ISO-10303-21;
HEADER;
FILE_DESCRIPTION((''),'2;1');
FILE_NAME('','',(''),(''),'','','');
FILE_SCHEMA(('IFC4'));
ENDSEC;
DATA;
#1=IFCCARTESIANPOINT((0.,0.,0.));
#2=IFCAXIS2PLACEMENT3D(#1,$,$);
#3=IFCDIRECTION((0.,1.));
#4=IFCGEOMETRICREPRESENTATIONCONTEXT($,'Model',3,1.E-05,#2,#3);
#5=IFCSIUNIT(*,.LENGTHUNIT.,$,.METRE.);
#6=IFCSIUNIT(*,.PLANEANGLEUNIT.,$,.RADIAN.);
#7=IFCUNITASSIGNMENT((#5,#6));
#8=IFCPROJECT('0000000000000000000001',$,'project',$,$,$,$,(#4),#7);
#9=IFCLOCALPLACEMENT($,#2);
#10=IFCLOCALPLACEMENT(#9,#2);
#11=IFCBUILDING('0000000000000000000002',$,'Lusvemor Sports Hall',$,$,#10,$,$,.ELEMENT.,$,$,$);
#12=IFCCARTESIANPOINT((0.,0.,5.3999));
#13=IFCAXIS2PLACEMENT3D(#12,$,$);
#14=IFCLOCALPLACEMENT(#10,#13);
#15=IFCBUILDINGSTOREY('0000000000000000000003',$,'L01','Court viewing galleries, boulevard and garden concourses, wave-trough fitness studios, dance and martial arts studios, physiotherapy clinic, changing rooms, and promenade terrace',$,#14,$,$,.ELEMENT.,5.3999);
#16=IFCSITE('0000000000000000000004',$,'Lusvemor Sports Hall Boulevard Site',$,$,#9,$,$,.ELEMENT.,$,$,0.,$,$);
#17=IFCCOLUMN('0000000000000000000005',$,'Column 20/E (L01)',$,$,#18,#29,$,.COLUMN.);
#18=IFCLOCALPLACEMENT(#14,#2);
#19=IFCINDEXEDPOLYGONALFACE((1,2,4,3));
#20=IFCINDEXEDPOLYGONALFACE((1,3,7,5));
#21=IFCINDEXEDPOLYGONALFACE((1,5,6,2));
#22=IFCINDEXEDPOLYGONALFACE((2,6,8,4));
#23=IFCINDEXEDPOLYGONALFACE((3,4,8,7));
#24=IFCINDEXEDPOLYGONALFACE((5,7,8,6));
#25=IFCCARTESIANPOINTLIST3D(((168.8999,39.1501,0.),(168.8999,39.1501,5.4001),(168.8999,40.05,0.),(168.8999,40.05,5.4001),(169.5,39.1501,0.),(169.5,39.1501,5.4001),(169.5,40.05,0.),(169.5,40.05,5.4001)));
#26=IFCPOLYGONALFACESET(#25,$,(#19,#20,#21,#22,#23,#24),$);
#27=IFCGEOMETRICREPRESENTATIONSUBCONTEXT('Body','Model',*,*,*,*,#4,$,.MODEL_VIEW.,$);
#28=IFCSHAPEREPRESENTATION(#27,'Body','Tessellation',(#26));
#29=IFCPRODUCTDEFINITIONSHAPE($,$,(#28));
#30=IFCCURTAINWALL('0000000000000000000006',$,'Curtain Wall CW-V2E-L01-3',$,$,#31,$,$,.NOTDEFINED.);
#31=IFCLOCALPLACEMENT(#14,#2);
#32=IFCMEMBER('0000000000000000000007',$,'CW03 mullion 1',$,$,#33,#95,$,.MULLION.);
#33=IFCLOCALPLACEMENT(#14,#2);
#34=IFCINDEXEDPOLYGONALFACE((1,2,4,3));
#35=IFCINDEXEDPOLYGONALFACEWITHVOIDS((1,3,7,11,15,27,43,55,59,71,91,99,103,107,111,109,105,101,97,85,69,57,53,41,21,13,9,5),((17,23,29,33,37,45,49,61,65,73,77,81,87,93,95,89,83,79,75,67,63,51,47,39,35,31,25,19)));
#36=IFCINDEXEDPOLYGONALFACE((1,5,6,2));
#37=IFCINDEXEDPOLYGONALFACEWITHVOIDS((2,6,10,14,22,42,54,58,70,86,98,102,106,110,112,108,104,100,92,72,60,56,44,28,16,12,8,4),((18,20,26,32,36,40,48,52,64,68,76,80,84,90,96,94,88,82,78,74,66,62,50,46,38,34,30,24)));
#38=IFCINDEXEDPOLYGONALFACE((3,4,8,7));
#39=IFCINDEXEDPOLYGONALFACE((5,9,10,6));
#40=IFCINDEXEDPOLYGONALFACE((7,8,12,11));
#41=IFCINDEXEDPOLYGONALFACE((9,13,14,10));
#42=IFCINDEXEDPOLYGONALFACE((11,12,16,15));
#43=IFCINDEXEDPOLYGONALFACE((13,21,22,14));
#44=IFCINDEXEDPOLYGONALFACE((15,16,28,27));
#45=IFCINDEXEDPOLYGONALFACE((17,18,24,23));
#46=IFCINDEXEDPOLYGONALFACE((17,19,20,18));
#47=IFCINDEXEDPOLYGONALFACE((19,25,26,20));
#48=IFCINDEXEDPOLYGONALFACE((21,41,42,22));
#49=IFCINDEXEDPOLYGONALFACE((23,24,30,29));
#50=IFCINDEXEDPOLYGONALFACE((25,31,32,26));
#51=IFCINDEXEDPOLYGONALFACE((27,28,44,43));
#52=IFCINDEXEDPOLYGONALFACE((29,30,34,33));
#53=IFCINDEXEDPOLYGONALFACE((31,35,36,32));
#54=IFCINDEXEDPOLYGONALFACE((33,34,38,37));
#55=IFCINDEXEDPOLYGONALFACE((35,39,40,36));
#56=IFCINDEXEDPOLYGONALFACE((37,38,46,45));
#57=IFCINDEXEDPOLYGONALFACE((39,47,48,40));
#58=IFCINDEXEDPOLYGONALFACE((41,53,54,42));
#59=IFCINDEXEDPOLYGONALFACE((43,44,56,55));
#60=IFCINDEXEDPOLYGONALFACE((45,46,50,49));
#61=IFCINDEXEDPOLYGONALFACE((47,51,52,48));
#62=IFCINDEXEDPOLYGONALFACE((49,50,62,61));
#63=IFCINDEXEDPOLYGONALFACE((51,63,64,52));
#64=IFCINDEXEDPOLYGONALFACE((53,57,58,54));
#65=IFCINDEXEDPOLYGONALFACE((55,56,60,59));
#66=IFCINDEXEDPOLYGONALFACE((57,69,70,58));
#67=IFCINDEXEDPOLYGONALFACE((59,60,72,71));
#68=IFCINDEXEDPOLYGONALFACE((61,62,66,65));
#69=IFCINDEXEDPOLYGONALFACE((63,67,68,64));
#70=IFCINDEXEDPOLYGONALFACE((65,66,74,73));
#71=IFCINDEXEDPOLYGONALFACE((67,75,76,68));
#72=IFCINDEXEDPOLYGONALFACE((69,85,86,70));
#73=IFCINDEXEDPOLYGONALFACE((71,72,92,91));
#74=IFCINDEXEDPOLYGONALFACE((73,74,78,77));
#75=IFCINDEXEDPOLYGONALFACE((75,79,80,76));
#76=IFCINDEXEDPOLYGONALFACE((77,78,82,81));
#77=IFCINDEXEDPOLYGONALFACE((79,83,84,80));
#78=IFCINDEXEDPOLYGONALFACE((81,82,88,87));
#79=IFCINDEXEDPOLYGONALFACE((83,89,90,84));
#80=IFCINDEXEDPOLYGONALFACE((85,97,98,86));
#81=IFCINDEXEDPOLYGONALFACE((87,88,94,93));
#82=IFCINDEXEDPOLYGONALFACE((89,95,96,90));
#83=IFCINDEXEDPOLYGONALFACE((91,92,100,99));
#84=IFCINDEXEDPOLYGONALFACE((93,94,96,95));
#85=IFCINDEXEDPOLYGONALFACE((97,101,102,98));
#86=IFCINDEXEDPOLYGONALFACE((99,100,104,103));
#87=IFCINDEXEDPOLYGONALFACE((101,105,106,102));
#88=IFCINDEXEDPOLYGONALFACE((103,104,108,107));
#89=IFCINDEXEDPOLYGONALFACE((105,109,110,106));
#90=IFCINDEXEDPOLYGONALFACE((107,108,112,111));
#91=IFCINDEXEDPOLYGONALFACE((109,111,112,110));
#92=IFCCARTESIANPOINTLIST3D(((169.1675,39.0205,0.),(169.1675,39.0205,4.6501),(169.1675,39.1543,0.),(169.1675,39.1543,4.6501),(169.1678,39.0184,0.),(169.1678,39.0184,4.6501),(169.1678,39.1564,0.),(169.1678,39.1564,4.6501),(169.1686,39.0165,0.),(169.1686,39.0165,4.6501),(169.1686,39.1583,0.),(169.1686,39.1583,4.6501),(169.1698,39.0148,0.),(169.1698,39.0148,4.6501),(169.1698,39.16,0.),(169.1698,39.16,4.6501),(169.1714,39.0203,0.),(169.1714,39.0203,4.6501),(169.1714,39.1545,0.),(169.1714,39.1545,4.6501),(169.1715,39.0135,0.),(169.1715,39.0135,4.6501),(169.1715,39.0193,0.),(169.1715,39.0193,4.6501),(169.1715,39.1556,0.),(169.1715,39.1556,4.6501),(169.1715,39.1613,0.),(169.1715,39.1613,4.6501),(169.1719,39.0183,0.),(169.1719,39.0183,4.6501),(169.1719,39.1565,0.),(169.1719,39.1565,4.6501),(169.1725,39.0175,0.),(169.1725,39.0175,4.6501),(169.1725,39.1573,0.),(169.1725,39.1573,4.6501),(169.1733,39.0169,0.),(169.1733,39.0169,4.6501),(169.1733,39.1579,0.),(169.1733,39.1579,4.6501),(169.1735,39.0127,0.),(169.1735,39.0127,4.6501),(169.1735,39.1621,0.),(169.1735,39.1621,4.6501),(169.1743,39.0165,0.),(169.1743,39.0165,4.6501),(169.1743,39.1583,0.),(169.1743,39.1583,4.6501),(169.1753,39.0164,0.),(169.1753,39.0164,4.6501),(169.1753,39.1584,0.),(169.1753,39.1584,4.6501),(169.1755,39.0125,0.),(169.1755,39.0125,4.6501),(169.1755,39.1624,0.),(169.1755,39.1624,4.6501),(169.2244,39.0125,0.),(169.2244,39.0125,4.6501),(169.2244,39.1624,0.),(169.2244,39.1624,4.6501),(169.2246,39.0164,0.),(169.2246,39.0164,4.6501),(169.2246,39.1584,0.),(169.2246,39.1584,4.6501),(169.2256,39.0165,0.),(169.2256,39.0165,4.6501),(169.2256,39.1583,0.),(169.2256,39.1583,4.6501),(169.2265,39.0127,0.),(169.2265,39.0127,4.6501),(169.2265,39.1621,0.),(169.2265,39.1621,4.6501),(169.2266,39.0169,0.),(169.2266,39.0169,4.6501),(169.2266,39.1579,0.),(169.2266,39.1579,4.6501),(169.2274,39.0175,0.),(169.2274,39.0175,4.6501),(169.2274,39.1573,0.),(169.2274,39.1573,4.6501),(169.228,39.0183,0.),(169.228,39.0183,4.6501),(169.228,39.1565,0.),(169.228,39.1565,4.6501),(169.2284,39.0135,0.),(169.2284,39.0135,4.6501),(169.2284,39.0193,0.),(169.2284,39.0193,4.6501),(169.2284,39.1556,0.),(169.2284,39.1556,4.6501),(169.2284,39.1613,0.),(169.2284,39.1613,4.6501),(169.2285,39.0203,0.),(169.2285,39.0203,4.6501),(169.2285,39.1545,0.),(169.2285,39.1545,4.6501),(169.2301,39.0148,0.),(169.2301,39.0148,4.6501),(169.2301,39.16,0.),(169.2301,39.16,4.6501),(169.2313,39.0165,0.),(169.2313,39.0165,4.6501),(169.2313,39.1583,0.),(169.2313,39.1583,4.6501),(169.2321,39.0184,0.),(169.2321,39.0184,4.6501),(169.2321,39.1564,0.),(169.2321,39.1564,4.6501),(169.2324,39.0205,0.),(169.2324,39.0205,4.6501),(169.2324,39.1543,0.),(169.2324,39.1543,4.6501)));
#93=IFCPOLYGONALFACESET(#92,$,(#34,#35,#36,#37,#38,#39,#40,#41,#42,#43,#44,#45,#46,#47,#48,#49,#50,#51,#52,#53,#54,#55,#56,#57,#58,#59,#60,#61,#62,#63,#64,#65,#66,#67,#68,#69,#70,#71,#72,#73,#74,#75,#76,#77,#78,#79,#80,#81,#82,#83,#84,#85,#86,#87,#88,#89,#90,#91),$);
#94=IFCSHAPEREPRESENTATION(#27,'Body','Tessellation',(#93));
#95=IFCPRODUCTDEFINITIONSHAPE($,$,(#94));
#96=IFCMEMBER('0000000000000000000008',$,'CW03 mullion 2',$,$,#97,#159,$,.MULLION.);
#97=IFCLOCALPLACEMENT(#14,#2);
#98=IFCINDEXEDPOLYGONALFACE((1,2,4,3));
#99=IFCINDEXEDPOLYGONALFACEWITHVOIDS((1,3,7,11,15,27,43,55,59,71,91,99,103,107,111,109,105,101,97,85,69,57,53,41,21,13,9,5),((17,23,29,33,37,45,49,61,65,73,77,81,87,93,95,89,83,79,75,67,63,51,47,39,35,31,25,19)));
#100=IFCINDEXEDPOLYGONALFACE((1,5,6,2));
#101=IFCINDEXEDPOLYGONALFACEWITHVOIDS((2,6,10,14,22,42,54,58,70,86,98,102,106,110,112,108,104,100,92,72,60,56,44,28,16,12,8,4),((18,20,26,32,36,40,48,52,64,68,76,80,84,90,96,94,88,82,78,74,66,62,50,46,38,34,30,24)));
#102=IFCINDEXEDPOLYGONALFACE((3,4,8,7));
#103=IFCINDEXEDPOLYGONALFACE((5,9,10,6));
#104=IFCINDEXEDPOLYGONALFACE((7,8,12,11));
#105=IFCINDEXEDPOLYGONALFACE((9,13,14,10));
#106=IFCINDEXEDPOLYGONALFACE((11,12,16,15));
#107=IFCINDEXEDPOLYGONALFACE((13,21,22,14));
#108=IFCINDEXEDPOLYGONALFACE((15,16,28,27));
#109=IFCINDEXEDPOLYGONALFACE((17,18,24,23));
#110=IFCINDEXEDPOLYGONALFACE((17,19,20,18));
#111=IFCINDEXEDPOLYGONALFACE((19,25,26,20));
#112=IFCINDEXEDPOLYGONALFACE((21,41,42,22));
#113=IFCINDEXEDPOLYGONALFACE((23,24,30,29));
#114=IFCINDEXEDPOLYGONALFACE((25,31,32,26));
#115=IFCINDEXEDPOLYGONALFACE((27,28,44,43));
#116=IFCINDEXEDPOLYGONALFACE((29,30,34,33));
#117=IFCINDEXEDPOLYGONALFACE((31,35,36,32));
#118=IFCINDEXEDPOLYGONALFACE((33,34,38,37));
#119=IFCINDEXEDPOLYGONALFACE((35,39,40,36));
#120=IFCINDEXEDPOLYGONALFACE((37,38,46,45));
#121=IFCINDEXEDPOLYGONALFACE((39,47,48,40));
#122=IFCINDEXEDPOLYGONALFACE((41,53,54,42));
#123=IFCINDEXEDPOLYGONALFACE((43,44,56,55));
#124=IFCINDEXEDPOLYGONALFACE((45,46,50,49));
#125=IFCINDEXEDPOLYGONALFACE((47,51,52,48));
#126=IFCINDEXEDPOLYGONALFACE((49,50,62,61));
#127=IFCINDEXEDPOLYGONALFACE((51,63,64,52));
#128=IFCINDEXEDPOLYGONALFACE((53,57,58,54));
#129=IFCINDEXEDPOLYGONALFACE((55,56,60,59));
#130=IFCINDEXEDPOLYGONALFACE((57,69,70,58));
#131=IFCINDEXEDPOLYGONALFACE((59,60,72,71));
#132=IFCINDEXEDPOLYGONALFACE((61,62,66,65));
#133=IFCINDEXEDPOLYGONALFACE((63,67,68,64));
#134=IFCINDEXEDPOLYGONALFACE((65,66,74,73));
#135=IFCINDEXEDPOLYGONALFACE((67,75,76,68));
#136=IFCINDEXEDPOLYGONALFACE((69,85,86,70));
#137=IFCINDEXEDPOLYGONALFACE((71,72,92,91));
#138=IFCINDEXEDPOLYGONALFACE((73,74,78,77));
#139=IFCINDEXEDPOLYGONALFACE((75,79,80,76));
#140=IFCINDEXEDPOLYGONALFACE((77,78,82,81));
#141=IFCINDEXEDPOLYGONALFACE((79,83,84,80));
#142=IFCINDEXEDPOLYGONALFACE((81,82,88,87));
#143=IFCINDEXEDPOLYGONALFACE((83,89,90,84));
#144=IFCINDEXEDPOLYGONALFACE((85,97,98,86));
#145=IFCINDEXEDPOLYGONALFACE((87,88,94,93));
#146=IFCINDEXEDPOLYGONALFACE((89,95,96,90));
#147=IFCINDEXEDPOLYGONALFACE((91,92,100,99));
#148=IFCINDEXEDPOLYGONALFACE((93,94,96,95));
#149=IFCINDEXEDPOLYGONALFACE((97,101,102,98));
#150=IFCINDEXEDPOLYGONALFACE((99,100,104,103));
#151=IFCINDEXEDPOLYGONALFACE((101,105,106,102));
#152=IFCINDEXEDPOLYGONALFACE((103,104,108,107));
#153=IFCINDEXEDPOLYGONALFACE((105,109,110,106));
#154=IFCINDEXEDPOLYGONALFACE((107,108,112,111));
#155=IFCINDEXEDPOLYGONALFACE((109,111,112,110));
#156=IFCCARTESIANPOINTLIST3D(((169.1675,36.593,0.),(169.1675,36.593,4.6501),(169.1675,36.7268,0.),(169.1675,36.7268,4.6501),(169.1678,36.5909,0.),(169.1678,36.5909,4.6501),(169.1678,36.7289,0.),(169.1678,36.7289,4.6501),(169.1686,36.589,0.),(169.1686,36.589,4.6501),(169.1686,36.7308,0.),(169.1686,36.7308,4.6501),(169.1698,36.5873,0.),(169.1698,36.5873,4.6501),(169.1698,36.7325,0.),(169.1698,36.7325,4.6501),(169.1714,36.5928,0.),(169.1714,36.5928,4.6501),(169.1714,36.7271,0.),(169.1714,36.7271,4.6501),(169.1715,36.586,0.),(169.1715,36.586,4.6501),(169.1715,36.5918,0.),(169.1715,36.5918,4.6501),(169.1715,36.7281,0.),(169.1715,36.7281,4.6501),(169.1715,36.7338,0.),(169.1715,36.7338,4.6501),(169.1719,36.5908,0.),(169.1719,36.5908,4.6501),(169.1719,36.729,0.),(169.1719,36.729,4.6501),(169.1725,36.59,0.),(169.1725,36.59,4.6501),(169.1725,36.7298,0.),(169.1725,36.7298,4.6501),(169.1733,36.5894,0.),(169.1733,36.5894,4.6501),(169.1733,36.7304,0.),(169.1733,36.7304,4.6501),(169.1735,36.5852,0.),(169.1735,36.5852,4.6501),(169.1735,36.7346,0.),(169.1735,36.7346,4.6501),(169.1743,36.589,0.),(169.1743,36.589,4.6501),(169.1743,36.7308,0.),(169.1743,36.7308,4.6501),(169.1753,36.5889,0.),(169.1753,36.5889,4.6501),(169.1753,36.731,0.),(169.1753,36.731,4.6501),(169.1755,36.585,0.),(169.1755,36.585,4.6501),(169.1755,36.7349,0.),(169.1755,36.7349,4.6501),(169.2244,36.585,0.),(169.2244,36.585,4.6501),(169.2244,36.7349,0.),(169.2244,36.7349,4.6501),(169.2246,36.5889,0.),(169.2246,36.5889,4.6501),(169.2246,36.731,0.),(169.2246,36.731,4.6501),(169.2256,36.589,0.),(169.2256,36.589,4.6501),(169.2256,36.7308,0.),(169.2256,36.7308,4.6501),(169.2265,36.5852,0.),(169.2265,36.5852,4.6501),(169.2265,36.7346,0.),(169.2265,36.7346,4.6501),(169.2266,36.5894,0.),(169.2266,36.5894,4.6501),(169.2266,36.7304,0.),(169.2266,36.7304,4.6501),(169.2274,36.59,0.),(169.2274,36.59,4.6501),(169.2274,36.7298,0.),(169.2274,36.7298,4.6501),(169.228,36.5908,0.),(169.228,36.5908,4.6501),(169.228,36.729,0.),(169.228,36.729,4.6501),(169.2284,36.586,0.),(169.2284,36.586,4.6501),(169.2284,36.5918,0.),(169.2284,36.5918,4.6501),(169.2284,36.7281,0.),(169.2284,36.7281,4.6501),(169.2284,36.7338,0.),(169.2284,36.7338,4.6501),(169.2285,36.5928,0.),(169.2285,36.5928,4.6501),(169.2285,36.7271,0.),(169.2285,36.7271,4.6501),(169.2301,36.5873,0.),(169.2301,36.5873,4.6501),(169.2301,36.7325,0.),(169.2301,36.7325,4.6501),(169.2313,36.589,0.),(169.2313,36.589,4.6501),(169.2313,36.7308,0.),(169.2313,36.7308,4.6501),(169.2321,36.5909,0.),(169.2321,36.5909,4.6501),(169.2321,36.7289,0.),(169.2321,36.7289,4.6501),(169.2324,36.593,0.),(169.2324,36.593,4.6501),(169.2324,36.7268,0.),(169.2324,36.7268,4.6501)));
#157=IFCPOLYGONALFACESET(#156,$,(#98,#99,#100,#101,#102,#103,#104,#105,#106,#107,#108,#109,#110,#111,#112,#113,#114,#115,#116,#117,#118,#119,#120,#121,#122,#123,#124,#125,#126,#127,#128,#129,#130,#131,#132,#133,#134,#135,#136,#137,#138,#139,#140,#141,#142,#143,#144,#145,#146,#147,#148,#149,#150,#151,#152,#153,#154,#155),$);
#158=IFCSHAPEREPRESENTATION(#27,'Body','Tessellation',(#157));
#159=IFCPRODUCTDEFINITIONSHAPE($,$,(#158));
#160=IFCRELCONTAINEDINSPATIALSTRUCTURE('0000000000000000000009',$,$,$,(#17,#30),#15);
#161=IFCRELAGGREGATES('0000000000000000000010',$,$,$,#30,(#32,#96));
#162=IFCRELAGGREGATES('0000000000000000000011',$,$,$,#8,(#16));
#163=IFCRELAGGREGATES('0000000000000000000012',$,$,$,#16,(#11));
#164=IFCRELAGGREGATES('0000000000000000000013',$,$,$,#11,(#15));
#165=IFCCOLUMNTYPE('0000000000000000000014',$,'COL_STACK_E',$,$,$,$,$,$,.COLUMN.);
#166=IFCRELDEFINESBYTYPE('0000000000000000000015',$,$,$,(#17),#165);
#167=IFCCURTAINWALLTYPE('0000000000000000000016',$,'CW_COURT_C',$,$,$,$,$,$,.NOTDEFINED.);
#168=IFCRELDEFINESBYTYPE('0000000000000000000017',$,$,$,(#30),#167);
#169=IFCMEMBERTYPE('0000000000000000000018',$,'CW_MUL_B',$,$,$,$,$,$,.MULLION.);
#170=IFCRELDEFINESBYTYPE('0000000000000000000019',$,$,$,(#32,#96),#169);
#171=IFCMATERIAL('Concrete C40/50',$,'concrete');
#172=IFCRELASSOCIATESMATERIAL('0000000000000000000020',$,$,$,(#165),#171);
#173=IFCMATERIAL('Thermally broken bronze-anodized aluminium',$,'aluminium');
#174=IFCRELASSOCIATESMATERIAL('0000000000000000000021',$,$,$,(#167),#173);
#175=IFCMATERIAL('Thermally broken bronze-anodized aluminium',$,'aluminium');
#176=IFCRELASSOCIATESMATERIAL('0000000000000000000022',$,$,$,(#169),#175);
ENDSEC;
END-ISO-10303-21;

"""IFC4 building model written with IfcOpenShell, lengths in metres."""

from ifc_helpers import new_model, si_unit, direction, frame, origin, origin_2d, place, context, subcontext, project, spatial, rectangle, hollow_rectangle, extrude, material, material_profile, profile_set, type_object, element, aggregate, save


model = new_model("IFC4")

# Units and contexts
model_context = context("Model", 3, precision=1e-05, world=origin(), true_north=direction((0.0, 1.0)))
body_context = subcontext(model_context, "Body", "Model", "MODEL_VIEW")
ifc_project = project(units=[si_unit("LENGTHUNIT", "METRE"), si_unit("PLANEANGLEUNIT", "RADIAN")], contexts=[model_context])

# Site, building, storey
site_placement = place(None, origin())
site = spatial("IfcSite", under=ifc_project, at=site_placement, Name="Lusvemor Sports Hall Boulevard Site", CompositionType="ELEMENT", RefElevation=0.0)
building_placement = place(site_placement, origin())
building = spatial("IfcBuilding", under=site, at=building_placement, Name="Lusvemor Sports Hall", CompositionType="ELEMENT")
storey_placement = place(building_placement, frame((0.0, 0.0, 5.3999)))
storey = spatial("IfcBuildingStorey", under=building, at=storey_placement, Name="L01", Description="Court viewing galleries, boulevard and garden concourses, wave-trough fitness studios, dance and martial arts studios, physiotherapy clinic, changing rooms, and promenade terrace", CompositionType="ELEMENT", Elevation=5.3999)

# Column
ifc_material_1 = material(Name="Concrete C40/50", Category="concrete")
ifc_material_profile_1 = material_profile(ifc_material_1, rectangle(XDim=0.6001, YDim=0.8999, at=origin_2d()), Name="RC600x900")
ifc_profile_set_1 = profile_set([ifc_material_profile_1], Name="Concrete C40/50")
column_type = type_object("IfcColumnType", Name="COL_STACK_E", PredefinedType="COLUMN", material=ifc_profile_set_1)
column_placement = place(storey_placement, frame((169.2, 39.6001, 0.0), z_axis=(0.0, 0.0, 1.0), x_axis=(1.0, 0.0, 0.0)))
element("IfcColumn", 1, at=column_placement, inside=storey, type_object=column_type, Name="Column 20/E (L01)", PredefinedType="COLUMN", context=body_context, shape_type="SweptSolid", body=[
    extrude(rectangle(XDim=0.6001, YDim=0.8999, at=origin_2d()), origin(), (0.0, 0.0, 1.0), 5.4001),
])

# Curtain wall, members
ifc_material_2 = material(Name="Thermally broken bronze-anodized aluminium", Category="aluminium")
curtain_wall_type_1 = type_object("IfcCurtainWallType", Name="CW_COURT_C", PredefinedType="NOTDEFINED", material=ifc_material_2)
curtain_wall_1_placement = place(storey_placement, origin())
curtain_wall_1 = element("IfcCurtainWall", 2, at=curtain_wall_1_placement, inside=storey, type_object=curtain_wall_type_1, Name="Curtain Wall CW-V2E-L01-3", PredefinedType="NOTDEFINED")
ifc_material_3 = material(Name="Thermally broken bronze-anodized aluminium", Category="aluminium")
ifc_material_profile_2 = material_profile(ifc_material_3, hollow_rectangle(XDim=0.0649, YDim=0.1499, WallThickness=0.0039, InnerFilletRadius=0.0039, OuterFilletRadius=0.0081, at=origin_2d()), Name="CWMUL150x65x4")
ifc_profile_set_2 = profile_set([ifc_material_profile_2], Name="Thermally broken bronze-anodized aluminium")
member_type_1 = type_object("IfcMemberType", Name="CW_MUL_B", PredefinedType="MULLION", material=ifc_profile_set_2)
member_1_placement = place(storey_placement, frame((169.2, 39.0874, 0.0), z_axis=(0.0, 0.0, 1.0), x_axis=(1.0, 0.0, 0.0)))
member_1 = element("IfcMember", 3, at=member_1_placement, type_object=member_type_1, Name="CW03 mullion 1", PredefinedType="MULLION", context=body_context, shape_type="SweptSolid", body=[
    extrude(hollow_rectangle(XDim=0.0649, YDim=0.1499, WallThickness=0.0039, InnerFilletRadius=0.0039, OuterFilletRadius=0.0081, at=origin_2d()), origin(), (0.0, 0.0, 1.0), 4.6501),
])
member_2_placement = place(storey_placement, frame((169.2, 36.6599, 0.0), z_axis=(0.0, 0.0, 1.0), x_axis=(1.0, 0.0, 0.0)))
member_2 = element("IfcMember", 4, at=member_2_placement, type_object=member_type_1, Name="CW03 mullion 2", PredefinedType="MULLION", context=body_context, shape_type="SweptSolid", body=[
    extrude(hollow_rectangle(XDim=0.0649, YDim=0.1499, WallThickness=0.0039, InnerFilletRadius=0.0039, OuterFilletRadius=0.0081, at=origin_2d()), origin(), (0.0, 0.0, 1.0), 4.6501),
])

aggregate(curtain_wall_1, [member_1, member_2])

save(model, "model.ifc")
